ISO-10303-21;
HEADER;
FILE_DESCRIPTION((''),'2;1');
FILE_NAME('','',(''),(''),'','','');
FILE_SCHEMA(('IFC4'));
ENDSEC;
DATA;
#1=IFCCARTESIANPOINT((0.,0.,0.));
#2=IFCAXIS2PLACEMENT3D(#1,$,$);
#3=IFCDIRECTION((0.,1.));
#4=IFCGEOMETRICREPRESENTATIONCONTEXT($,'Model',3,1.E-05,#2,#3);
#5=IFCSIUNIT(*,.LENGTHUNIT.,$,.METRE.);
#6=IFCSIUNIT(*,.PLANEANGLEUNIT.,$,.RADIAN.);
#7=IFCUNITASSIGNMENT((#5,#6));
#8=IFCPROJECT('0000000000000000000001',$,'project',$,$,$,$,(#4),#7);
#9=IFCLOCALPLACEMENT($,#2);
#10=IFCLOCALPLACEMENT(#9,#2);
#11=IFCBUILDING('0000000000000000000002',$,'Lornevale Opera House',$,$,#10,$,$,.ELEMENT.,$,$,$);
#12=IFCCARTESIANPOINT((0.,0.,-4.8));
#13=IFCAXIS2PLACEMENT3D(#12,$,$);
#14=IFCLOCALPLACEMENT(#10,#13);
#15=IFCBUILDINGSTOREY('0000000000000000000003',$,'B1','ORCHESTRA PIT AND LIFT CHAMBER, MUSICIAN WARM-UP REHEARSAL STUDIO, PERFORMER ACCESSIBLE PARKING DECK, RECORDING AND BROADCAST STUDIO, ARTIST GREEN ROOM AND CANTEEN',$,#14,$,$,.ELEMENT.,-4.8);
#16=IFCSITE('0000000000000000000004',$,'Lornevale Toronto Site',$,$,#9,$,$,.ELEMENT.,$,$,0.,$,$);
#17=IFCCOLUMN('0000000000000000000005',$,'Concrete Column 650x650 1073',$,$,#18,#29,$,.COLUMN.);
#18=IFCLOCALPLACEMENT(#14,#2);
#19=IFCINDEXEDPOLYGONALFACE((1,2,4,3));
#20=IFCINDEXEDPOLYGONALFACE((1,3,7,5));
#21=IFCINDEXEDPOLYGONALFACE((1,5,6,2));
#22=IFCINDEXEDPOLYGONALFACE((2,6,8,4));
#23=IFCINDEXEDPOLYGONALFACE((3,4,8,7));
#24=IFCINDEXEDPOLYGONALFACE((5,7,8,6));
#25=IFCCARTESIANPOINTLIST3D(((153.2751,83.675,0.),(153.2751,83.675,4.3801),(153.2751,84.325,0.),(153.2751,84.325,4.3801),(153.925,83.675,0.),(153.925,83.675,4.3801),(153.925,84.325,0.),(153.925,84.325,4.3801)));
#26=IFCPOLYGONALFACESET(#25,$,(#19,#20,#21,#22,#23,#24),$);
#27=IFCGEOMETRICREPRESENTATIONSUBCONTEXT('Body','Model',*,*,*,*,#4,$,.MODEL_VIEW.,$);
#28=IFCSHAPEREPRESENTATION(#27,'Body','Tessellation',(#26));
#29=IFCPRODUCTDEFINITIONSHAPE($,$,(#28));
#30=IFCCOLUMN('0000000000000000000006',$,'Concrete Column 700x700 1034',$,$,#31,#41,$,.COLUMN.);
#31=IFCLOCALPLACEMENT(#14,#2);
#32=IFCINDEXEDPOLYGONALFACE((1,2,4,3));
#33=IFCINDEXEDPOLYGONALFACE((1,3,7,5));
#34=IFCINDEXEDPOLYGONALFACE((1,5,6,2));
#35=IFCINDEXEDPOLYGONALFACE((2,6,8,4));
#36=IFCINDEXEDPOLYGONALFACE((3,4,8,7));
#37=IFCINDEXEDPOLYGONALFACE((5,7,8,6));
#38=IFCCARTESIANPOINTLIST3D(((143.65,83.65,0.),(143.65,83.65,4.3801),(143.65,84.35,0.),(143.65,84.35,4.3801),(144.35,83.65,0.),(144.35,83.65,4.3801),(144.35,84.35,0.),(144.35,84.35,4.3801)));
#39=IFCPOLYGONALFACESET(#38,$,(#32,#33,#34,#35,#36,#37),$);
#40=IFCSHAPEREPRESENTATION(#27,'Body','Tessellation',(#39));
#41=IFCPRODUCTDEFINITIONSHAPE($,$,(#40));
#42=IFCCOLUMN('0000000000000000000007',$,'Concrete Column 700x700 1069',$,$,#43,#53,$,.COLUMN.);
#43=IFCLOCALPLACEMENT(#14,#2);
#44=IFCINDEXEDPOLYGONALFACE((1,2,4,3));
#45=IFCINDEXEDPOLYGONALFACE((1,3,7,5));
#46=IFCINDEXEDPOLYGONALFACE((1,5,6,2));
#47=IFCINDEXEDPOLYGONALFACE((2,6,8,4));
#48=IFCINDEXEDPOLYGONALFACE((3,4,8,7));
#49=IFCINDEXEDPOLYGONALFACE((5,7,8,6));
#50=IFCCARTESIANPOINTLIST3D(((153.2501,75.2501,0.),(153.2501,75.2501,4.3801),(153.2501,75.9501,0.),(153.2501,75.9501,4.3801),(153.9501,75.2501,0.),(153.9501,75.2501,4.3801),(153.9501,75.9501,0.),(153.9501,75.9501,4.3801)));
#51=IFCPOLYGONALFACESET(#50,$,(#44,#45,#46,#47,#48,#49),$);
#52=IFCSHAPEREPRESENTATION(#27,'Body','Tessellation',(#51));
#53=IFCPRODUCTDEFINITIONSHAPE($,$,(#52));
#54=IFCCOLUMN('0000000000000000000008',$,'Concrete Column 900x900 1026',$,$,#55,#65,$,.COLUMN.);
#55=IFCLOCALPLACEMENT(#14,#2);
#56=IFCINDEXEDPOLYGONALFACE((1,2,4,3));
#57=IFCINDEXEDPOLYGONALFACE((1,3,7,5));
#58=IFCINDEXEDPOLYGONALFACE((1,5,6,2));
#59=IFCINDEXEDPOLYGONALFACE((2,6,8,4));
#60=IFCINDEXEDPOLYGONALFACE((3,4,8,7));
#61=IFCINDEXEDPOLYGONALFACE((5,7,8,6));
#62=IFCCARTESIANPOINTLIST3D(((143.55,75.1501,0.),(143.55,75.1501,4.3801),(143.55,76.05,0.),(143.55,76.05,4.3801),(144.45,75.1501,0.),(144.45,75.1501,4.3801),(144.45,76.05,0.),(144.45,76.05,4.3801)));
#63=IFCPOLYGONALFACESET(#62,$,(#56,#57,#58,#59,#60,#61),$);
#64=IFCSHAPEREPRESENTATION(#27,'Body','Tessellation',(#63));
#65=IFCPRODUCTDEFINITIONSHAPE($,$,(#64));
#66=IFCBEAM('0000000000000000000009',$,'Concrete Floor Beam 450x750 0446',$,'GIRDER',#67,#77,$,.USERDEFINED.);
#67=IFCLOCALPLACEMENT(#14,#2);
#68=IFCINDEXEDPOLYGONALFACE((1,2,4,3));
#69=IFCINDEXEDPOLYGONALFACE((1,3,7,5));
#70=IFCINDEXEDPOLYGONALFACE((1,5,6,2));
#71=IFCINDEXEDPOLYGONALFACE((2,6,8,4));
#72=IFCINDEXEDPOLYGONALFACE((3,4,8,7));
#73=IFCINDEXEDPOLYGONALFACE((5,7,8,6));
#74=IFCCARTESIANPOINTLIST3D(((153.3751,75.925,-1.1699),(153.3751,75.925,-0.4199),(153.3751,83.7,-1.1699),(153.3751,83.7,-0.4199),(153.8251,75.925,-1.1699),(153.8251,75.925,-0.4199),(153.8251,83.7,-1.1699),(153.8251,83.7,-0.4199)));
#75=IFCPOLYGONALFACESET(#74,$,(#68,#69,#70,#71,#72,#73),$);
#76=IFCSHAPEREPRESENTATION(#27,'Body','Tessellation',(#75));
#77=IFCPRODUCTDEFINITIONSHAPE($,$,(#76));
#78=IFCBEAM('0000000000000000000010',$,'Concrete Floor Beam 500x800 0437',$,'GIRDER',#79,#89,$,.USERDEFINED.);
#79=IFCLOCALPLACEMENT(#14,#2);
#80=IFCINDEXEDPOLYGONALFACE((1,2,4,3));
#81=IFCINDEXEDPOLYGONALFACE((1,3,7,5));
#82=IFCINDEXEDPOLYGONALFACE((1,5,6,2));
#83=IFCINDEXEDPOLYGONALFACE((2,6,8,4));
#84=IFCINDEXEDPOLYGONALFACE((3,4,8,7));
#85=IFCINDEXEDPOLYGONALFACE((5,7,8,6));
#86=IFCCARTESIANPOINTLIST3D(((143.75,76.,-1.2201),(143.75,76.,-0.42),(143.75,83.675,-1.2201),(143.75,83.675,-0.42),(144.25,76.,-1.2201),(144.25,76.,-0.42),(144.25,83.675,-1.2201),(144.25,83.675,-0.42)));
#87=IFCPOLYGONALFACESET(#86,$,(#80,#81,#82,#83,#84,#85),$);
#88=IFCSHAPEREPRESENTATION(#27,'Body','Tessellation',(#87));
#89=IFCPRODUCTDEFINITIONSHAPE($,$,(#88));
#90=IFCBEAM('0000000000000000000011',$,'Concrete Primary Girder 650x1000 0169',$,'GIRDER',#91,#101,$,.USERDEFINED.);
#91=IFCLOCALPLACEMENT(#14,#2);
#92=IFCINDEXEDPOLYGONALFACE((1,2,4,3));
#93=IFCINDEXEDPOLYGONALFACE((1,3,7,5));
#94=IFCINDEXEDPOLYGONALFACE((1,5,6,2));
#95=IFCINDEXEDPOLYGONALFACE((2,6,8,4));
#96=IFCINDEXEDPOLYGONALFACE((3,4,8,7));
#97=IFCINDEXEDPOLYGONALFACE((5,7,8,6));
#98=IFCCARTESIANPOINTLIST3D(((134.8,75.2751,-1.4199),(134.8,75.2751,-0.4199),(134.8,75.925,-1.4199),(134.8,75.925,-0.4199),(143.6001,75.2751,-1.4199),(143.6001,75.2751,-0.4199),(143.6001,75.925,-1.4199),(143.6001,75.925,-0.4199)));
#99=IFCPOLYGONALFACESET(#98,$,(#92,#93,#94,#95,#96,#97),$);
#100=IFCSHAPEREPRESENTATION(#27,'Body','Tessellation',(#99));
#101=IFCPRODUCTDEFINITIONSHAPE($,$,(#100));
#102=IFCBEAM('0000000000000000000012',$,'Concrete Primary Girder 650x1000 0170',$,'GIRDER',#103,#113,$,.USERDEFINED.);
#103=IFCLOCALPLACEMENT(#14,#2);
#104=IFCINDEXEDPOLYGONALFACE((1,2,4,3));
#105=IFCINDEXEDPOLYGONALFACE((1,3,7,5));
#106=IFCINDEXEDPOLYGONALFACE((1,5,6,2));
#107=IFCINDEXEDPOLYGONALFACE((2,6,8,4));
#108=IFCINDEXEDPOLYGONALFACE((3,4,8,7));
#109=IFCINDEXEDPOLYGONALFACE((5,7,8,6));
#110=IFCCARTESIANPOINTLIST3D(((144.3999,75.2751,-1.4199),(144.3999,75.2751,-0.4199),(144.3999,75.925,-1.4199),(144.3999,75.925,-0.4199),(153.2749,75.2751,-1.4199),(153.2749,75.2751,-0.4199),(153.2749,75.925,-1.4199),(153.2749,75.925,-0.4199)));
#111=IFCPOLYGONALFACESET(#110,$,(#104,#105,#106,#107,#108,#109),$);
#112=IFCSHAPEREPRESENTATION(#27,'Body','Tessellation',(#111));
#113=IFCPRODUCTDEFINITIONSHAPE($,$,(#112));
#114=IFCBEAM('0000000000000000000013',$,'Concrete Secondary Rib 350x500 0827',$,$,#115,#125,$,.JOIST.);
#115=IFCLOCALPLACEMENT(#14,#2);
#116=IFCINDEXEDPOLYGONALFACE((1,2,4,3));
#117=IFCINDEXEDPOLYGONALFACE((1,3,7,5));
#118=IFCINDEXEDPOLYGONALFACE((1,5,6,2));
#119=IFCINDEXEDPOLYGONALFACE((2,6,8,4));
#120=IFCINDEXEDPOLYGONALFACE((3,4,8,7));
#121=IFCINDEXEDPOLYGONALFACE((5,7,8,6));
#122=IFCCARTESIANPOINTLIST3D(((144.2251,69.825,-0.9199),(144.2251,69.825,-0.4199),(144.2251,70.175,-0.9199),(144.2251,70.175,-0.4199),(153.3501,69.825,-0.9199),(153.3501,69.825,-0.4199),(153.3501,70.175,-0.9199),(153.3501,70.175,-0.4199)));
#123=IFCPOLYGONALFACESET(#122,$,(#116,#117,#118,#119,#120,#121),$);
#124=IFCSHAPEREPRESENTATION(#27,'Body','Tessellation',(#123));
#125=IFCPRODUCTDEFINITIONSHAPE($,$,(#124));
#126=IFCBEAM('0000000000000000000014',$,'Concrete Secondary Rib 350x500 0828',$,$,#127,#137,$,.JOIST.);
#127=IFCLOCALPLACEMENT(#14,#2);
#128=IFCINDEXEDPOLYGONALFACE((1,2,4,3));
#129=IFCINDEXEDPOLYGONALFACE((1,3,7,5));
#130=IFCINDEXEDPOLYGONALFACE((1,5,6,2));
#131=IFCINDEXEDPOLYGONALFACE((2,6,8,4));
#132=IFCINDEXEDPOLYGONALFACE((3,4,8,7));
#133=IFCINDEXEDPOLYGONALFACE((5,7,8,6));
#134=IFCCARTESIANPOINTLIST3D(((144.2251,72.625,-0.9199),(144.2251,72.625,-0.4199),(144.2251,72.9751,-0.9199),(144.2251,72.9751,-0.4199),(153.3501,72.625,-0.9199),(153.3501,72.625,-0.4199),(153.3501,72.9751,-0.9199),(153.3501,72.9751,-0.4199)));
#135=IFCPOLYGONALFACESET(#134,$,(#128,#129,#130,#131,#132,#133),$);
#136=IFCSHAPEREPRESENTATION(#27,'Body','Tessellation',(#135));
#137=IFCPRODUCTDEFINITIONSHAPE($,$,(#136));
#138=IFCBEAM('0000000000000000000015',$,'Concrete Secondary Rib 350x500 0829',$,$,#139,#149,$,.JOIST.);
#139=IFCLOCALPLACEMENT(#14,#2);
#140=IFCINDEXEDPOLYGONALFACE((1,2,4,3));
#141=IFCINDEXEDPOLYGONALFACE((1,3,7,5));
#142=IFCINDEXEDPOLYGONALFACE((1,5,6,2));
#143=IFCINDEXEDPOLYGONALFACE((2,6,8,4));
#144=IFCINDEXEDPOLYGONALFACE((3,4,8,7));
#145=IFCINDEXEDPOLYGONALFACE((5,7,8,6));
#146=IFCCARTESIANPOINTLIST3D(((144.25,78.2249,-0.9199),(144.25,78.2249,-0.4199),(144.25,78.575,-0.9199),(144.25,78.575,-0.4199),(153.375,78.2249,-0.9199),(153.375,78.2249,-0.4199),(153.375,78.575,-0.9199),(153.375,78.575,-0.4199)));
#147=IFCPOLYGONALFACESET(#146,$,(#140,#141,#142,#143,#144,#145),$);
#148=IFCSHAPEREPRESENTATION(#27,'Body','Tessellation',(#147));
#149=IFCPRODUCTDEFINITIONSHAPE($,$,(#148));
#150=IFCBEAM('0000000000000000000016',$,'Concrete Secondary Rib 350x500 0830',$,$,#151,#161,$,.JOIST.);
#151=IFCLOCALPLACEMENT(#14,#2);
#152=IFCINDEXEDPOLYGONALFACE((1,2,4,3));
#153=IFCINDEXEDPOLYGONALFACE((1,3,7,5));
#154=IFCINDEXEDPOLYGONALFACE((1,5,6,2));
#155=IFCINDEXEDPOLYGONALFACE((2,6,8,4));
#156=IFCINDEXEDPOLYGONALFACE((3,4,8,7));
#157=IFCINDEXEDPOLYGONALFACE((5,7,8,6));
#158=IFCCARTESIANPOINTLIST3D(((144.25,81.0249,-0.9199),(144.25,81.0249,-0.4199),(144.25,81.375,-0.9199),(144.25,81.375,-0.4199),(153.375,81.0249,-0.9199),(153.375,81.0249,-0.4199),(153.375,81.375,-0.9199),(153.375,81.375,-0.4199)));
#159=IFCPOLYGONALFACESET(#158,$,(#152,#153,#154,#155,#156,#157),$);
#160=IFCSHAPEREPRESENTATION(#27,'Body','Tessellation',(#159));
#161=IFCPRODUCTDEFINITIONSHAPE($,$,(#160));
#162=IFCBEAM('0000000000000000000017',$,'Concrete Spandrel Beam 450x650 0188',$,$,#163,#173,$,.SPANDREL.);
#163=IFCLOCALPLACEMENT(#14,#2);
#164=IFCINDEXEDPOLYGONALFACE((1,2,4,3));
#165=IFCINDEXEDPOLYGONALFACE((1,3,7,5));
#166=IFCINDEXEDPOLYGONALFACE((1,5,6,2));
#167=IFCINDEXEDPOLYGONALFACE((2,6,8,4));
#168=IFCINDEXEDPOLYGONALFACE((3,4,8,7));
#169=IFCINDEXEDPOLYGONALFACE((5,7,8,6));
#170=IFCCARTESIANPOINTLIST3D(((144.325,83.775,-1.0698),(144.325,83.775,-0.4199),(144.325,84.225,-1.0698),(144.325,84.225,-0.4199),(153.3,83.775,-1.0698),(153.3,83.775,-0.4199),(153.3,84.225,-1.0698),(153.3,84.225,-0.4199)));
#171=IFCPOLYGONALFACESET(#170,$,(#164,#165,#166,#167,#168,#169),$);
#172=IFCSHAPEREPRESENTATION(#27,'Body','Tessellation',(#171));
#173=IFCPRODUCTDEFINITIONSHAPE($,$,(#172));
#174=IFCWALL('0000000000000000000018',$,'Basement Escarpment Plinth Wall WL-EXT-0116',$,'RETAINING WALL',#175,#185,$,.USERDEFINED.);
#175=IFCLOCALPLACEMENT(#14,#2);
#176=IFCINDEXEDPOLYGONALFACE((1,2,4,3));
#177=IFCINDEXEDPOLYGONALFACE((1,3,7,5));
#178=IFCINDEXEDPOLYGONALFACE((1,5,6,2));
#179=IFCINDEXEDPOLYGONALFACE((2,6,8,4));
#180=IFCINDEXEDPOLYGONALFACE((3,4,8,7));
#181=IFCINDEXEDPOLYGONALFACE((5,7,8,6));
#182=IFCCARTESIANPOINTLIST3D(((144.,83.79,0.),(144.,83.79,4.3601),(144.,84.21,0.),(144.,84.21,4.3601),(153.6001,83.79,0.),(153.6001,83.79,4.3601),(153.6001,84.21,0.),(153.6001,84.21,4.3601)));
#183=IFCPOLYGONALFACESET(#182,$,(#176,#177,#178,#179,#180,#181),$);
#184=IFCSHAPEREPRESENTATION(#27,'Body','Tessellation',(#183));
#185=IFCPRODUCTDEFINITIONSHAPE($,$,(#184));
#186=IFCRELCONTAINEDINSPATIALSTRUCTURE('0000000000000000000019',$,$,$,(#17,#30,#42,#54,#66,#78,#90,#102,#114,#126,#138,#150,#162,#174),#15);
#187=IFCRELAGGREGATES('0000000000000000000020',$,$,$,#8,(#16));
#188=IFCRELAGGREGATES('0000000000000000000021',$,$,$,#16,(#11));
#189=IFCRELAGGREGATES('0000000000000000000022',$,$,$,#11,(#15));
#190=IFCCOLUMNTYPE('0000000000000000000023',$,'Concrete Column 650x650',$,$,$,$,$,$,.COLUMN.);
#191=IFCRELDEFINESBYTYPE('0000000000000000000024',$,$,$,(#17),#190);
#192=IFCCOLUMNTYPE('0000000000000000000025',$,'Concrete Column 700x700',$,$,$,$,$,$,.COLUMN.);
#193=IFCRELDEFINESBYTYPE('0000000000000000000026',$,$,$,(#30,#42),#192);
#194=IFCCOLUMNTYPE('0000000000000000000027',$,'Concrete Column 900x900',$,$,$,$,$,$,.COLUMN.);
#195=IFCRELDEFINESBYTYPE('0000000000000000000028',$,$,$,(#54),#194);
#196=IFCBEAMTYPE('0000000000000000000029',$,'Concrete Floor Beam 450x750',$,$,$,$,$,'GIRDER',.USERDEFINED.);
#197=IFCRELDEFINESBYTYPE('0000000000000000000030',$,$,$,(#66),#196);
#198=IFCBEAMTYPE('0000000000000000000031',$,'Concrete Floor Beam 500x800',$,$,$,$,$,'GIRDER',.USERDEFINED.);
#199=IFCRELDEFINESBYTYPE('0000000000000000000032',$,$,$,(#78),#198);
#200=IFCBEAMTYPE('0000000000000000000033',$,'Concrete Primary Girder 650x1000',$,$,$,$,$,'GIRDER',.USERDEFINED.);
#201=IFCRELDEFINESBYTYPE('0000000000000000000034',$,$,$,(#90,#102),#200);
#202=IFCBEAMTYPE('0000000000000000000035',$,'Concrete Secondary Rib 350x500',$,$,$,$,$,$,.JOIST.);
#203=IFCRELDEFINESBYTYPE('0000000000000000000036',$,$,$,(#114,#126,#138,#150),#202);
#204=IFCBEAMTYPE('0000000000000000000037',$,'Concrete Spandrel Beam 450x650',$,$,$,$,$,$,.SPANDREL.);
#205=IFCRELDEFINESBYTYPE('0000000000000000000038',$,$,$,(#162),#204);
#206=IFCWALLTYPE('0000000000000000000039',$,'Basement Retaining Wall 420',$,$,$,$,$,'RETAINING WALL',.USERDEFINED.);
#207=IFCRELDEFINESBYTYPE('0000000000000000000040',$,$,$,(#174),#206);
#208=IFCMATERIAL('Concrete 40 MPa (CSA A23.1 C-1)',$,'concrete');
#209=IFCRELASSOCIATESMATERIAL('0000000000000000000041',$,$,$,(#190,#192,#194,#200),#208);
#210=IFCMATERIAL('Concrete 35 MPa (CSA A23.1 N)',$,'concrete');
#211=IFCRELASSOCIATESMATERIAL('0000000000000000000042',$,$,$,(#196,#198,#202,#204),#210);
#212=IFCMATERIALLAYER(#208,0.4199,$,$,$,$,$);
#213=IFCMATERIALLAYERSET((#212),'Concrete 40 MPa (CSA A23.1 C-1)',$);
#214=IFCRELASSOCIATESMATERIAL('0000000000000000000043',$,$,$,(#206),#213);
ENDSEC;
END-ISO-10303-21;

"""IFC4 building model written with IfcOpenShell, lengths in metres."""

from ifc_helpers import new_model, si_unit, direction, frame, frame_2d, origin, origin_2d, place, context, subcontext, project, spatial, rectangle, extrude, material, layer, layer_set, material_profile, profile_set, type_object, element, save


model = new_model("IFC4")

# Units and contexts
model_context = context("Model", 3, precision=1e-05, world=origin(), true_north=direction((0.0, 1.0)))
body_context = subcontext(model_context, "Body", "Model", "MODEL_VIEW")
ifc_project = project(units=[si_unit("LENGTHUNIT", "METRE"), si_unit("PLANEANGLEUNIT", "RADIAN")], contexts=[model_context])

# Site, building, storey
site_placement = place(None, origin())
site = spatial("IfcSite", under=ifc_project, at=site_placement, Name="Lornevale Toronto Site", CompositionType="ELEMENT", RefElevation=0.0)
building_placement = place(site_placement, origin())
building = spatial("IfcBuilding", under=site, at=building_placement, Name="Lornevale Opera House", CompositionType="ELEMENT")
storey_placement = place(building_placement, frame((0.0, 0.0, -4.8)))
storey = spatial("IfcBuildingStorey", under=building, at=storey_placement, Name="B1", Description="ORCHESTRA PIT AND LIFT CHAMBER, MUSICIAN WARM-UP REHEARSAL STUDIO, PERFORMER ACCESSIBLE PARKING DECK, RECORDING AND BROADCAST STUDIO, ARTIST GREEN ROOM AND CANTEEN", CompositionType="ELEMENT", Elevation=-4.8)

# Columns
ifc_material_1 = material(Name="Concrete 40 MPa (CSA A23.1 C-1)", Category="concrete")
ifc_material_profile_1 = material_profile(ifc_material_1, rectangle(XDim=0.6499, YDim=0.6499, at=origin_2d()), Name="RC650x650")
ifc_profile_set_1 = profile_set([ifc_material_profile_1], Name="Concrete 40 MPa (CSA A23.1 C-1)")
column_type_1 = type_object("IfcColumnType", Name="Concrete Column 650x650", PredefinedType="COLUMN", material=ifc_profile_set_1)
column_1_placement = place(storey_placement, frame((153.6001, 84.0, 0.0), z_axis=(0.0, 0.0, 1.0), x_axis=(1.0, 0.0, 0.0)))
element("IfcColumn", 1, at=column_1_placement, inside=storey, type_object=column_type_1, Name="Concrete Column 650x650 1073", PredefinedType="COLUMN", context=body_context, shape_type="SweptSolid", body=[
    extrude(rectangle(XDim=0.6499, YDim=0.6499, at=origin_2d()), origin(), (0.0, 0.0, 1.0), 4.3801),
])
ifc_material_profile_2 = material_profile(ifc_material_1, rectangle(XDim=0.7, YDim=0.7, at=origin_2d()), Name="RC700x700")
ifc_profile_set_2 = profile_set([ifc_material_profile_2], Name="Concrete 40 MPa (CSA A23.1 C-1)")
column_type_2 = type_object("IfcColumnType", Name="Concrete Column 700x700", PredefinedType="COLUMN", material=ifc_profile_set_2)
for number, where, z_axis, x_axis, name in (
    (2, (144.0, 84.0, 0.0), (0.0, 0.0, 1.0), (1.0, 0.0, 0.0), "Concrete Column 700x700 1034"),
    (3, (153.6001, 75.6001, 0.0), (0.0, 0.0, 1.0), (1.0, 0.0, 0.0), "Concrete Column 700x700 1069"),
):
    element("IfcColumn", number, at=place(storey_placement, frame(where, z_axis=z_axis, x_axis=x_axis)), inside=storey, type_object=column_type_2, Name=name, PredefinedType="COLUMN", context=body_context, shape_type="SweptSolid", body=[
        extrude(rectangle(XDim=0.7, YDim=0.7, at=origin_2d()), origin(), (0.0, 0.0, 1.0), 4.3801),
    ])
ifc_material_profile_3 = material_profile(ifc_material_1, rectangle(XDim=0.8999, YDim=0.8999, at=origin_2d()), Name="RC900x900")
ifc_profile_set_3 = profile_set([ifc_material_profile_3], Name="Concrete 40 MPa (CSA A23.1 C-1)")
column_type_3 = type_object("IfcColumnType", Name="Concrete Column 900x900", PredefinedType="COLUMN", material=ifc_profile_set_3)
column_2_placement = place(storey_placement, frame((144.0, 75.6001, 0.0), z_axis=(0.0, 0.0, 1.0), x_axis=(1.0, 0.0, 0.0)))
element("IfcColumn", 4, at=column_2_placement, inside=storey, type_object=column_type_3, Name="Concrete Column 900x900 1026", PredefinedType="COLUMN", context=body_context, shape_type="SweptSolid", body=[
    extrude(rectangle(XDim=0.8999, YDim=0.8999, at=origin_2d()), origin(), (0.0, 0.0, 1.0), 4.3801),
])

# Beams
ifc_material_2 = material(Name="Concrete 35 MPa (CSA A23.1 N)", Category="concrete")
ifc_material_profile_4 = material_profile(ifc_material_2, rectangle(XDim=0.45, YDim=0.75, at=origin_2d()), Name="RC450x750")
ifc_profile_set_4 = profile_set([ifc_material_profile_4], Name="Concrete 35 MPa (CSA A23.1 N)")
beam_type_1 = type_object("IfcBeamType", Name="Concrete Floor Beam 450x750", ElementType="GIRDER", PredefinedType="USERDEFINED", material=ifc_profile_set_4)
beam_1_placement = place(storey_placement, frame((153.6001, 75.925, -0.7949), z_axis=(0.0, 1.0, 0.0), x_axis=(-1.0, 0.0, 0.0)))
element("IfcBeam", 5, at=beam_1_placement, inside=storey, type_object=beam_type_1, Name="Concrete Floor Beam 450x750 0446", ObjectType="GIRDER", PredefinedType="USERDEFINED", context=body_context, shape_type="SweptSolid", body=[
    extrude(rectangle(XDim=0.45, YDim=0.75, at=origin_2d()), origin(), (0.0, 0.0, 1.0), 7.7749),
])
ifc_material_profile_5 = material_profile(ifc_material_2, rectangle(XDim=0.5, YDim=0.8, at=origin_2d()), Name="RC500x800")
ifc_profile_set_5 = profile_set([ifc_material_profile_5], Name="Concrete 35 MPa (CSA A23.1 N)")
beam_type_2 = type_object("IfcBeamType", Name="Concrete Floor Beam 500x800", ElementType="GIRDER", PredefinedType="USERDEFINED", material=ifc_profile_set_5)
beam_2_placement = place(storey_placement, frame((144.0, 76.0, -0.8201), z_axis=(0.0, 1.0, 0.0), x_axis=(-1.0, 0.0, 0.0)))
element("IfcBeam", 6, at=beam_2_placement, inside=storey, type_object=beam_type_2, Name="Concrete Floor Beam 500x800 0437", ObjectType="GIRDER", PredefinedType="USERDEFINED", context=body_context, shape_type="SweptSolid", body=[
    extrude(rectangle(XDim=0.5, YDim=0.8, at=origin_2d()), origin(), (0.0, 0.0, 1.0), 7.675),
])
ifc_material_profile_6 = material_profile(ifc_material_1, rectangle(XDim=0.6499, YDim=1.0, at=origin_2d()), Name="RC650x1000")
ifc_profile_set_6 = profile_set([ifc_material_profile_6], Name="Concrete 40 MPa (CSA A23.1 C-1)")
beam_type_3 = type_object("IfcBeamType", Name="Concrete Primary Girder 650x1000", ElementType="GIRDER", PredefinedType="USERDEFINED", material=ifc_profile_set_6)
beam_3_placement = place(storey_placement, frame((134.8, 75.6001, -0.9199), z_axis=(1.0, 0.0, 0.0), x_axis=(0.0, 1.0, 0.0)))
element("IfcBeam", 7, at=beam_3_placement, inside=storey, type_object=beam_type_3, Name="Concrete Primary Girder 650x1000 0169", ObjectType="GIRDER", PredefinedType="USERDEFINED", context=body_context, shape_type="SweptSolid", body=[
    extrude(rectangle(XDim=0.6499, YDim=1.0, at=origin_2d()), origin(), (0.0, 0.0, 1.0), 8.8),
])
beam_4_placement = place(storey_placement, frame((144.3999, 75.6001, -0.9199), z_axis=(1.0, 0.0, 0.0), x_axis=(0.0, 1.0, 0.0)))
element("IfcBeam", 8, at=beam_4_placement, inside=storey, type_object=beam_type_3, Name="Concrete Primary Girder 650x1000 0170", ObjectType="GIRDER", PredefinedType="USERDEFINED", context=body_context, shape_type="SweptSolid", body=[
    extrude(rectangle(XDim=0.6499, YDim=1.0, at=origin_2d()), origin(), (0.0, 0.0, 1.0), 8.875),
])
ifc_material_profile_7 = material_profile(ifc_material_2, rectangle(XDim=0.3501, YDim=0.5, at=origin_2d()), Name="RC350x500")
ifc_profile_set_7 = profile_set([ifc_material_profile_7], Name="Concrete 35 MPa (CSA A23.1 N)")
beam_type_4 = type_object("IfcBeamType", Name="Concrete Secondary Rib 350x500", PredefinedType="JOIST", material=ifc_profile_set_7)
for number, where, z_axis, x_axis, name in (
    (9, (144.2251, 70.0, -0.6699), (1.0, 0.0, 0.0), (0.0, 1.0, 0.0), "Concrete Secondary Rib 350x500 0827"),
    (10, (144.2251, 72.8, -0.6699), (1.0, 0.0, 0.0), (0.0, 1.0, 0.0), "Concrete Secondary Rib 350x500 0828"),
    (11, (144.25, 78.3999, -0.6699), (1.0, 0.0, 0.0), (0.0, 1.0, 0.0), "Concrete Secondary Rib 350x500 0829"),
    (12, (144.25, 81.2, -0.6699), (1.0, 0.0, 0.0), (0.0, 1.0, 0.0), "Concrete Secondary Rib 350x500 0830"),
):
    element("IfcBeam", number, at=place(storey_placement, frame(where, z_axis=z_axis, x_axis=x_axis)), inside=storey, type_object=beam_type_4, Name=name, PredefinedType="JOIST", context=body_context, shape_type="SweptSolid", body=[
        extrude(rectangle(XDim=0.3501, YDim=0.5, at=origin_2d()), origin(), (0.0, 0.0, 1.0), 9.125),
    ])
ifc_material_profile_8 = material_profile(ifc_material_2, rectangle(XDim=0.45, YDim=0.6499, at=origin_2d()), Name="RC450x650")
ifc_profile_set_8 = profile_set([ifc_material_profile_8], Name="Concrete 35 MPa (CSA A23.1 N)")
beam_type_5 = type_object("IfcBeamType", Name="Concrete Spandrel Beam 450x650", PredefinedType="SPANDREL", material=ifc_profile_set_8)
beam_5_placement = place(storey_placement, frame((144.325, 84.0, -0.7449), z_axis=(1.0, 0.0, 0.0), x_axis=(0.0, 1.0, 0.0)))
element("IfcBeam", 13, at=beam_5_placement, inside=storey, type_object=beam_type_5, Name="Concrete Spandrel Beam 450x650 0188", PredefinedType="SPANDREL", context=body_context, shape_type="SweptSolid", body=[
    extrude(rectangle(XDim=0.45, YDim=0.6499, at=origin_2d()), origin(), (0.0, 0.0, 1.0), 8.9751),
])

# Wall
ifc_layer_1 = layer(ifc_material_1, 0.4199)
ifc_layer_set_1 = layer_set([ifc_layer_1], Name="Concrete 40 MPa (CSA A23.1 C-1)")
wall_type_1 = type_object("IfcWallType", Name="Basement Retaining Wall 420", ElementType="RETAINING WALL", PredefinedType="USERDEFINED", material=ifc_layer_set_1)
wall_1_placement = place(storey_placement, frame((144.0, 84.0, 0.0), z_axis=(0.0, 0.0, 1.0), x_axis=(1.0, 0.0, 0.0)))
element("IfcWall", 14, at=wall_1_placement, inside=storey, type_object=wall_type_1, Name="Basement Escarpment Plinth Wall WL-EXT-0116", ObjectType="RETAINING WALL", PredefinedType="USERDEFINED", context=body_context, shape_type="SweptSolid", body=[
    extrude(rectangle(XDim=9.6001, YDim=0.4199, at=frame_2d((4.8, 0.0))), origin(), (0.0, 0.0, 1.0), 4.3601),
])

save(model, "model.ifc")
